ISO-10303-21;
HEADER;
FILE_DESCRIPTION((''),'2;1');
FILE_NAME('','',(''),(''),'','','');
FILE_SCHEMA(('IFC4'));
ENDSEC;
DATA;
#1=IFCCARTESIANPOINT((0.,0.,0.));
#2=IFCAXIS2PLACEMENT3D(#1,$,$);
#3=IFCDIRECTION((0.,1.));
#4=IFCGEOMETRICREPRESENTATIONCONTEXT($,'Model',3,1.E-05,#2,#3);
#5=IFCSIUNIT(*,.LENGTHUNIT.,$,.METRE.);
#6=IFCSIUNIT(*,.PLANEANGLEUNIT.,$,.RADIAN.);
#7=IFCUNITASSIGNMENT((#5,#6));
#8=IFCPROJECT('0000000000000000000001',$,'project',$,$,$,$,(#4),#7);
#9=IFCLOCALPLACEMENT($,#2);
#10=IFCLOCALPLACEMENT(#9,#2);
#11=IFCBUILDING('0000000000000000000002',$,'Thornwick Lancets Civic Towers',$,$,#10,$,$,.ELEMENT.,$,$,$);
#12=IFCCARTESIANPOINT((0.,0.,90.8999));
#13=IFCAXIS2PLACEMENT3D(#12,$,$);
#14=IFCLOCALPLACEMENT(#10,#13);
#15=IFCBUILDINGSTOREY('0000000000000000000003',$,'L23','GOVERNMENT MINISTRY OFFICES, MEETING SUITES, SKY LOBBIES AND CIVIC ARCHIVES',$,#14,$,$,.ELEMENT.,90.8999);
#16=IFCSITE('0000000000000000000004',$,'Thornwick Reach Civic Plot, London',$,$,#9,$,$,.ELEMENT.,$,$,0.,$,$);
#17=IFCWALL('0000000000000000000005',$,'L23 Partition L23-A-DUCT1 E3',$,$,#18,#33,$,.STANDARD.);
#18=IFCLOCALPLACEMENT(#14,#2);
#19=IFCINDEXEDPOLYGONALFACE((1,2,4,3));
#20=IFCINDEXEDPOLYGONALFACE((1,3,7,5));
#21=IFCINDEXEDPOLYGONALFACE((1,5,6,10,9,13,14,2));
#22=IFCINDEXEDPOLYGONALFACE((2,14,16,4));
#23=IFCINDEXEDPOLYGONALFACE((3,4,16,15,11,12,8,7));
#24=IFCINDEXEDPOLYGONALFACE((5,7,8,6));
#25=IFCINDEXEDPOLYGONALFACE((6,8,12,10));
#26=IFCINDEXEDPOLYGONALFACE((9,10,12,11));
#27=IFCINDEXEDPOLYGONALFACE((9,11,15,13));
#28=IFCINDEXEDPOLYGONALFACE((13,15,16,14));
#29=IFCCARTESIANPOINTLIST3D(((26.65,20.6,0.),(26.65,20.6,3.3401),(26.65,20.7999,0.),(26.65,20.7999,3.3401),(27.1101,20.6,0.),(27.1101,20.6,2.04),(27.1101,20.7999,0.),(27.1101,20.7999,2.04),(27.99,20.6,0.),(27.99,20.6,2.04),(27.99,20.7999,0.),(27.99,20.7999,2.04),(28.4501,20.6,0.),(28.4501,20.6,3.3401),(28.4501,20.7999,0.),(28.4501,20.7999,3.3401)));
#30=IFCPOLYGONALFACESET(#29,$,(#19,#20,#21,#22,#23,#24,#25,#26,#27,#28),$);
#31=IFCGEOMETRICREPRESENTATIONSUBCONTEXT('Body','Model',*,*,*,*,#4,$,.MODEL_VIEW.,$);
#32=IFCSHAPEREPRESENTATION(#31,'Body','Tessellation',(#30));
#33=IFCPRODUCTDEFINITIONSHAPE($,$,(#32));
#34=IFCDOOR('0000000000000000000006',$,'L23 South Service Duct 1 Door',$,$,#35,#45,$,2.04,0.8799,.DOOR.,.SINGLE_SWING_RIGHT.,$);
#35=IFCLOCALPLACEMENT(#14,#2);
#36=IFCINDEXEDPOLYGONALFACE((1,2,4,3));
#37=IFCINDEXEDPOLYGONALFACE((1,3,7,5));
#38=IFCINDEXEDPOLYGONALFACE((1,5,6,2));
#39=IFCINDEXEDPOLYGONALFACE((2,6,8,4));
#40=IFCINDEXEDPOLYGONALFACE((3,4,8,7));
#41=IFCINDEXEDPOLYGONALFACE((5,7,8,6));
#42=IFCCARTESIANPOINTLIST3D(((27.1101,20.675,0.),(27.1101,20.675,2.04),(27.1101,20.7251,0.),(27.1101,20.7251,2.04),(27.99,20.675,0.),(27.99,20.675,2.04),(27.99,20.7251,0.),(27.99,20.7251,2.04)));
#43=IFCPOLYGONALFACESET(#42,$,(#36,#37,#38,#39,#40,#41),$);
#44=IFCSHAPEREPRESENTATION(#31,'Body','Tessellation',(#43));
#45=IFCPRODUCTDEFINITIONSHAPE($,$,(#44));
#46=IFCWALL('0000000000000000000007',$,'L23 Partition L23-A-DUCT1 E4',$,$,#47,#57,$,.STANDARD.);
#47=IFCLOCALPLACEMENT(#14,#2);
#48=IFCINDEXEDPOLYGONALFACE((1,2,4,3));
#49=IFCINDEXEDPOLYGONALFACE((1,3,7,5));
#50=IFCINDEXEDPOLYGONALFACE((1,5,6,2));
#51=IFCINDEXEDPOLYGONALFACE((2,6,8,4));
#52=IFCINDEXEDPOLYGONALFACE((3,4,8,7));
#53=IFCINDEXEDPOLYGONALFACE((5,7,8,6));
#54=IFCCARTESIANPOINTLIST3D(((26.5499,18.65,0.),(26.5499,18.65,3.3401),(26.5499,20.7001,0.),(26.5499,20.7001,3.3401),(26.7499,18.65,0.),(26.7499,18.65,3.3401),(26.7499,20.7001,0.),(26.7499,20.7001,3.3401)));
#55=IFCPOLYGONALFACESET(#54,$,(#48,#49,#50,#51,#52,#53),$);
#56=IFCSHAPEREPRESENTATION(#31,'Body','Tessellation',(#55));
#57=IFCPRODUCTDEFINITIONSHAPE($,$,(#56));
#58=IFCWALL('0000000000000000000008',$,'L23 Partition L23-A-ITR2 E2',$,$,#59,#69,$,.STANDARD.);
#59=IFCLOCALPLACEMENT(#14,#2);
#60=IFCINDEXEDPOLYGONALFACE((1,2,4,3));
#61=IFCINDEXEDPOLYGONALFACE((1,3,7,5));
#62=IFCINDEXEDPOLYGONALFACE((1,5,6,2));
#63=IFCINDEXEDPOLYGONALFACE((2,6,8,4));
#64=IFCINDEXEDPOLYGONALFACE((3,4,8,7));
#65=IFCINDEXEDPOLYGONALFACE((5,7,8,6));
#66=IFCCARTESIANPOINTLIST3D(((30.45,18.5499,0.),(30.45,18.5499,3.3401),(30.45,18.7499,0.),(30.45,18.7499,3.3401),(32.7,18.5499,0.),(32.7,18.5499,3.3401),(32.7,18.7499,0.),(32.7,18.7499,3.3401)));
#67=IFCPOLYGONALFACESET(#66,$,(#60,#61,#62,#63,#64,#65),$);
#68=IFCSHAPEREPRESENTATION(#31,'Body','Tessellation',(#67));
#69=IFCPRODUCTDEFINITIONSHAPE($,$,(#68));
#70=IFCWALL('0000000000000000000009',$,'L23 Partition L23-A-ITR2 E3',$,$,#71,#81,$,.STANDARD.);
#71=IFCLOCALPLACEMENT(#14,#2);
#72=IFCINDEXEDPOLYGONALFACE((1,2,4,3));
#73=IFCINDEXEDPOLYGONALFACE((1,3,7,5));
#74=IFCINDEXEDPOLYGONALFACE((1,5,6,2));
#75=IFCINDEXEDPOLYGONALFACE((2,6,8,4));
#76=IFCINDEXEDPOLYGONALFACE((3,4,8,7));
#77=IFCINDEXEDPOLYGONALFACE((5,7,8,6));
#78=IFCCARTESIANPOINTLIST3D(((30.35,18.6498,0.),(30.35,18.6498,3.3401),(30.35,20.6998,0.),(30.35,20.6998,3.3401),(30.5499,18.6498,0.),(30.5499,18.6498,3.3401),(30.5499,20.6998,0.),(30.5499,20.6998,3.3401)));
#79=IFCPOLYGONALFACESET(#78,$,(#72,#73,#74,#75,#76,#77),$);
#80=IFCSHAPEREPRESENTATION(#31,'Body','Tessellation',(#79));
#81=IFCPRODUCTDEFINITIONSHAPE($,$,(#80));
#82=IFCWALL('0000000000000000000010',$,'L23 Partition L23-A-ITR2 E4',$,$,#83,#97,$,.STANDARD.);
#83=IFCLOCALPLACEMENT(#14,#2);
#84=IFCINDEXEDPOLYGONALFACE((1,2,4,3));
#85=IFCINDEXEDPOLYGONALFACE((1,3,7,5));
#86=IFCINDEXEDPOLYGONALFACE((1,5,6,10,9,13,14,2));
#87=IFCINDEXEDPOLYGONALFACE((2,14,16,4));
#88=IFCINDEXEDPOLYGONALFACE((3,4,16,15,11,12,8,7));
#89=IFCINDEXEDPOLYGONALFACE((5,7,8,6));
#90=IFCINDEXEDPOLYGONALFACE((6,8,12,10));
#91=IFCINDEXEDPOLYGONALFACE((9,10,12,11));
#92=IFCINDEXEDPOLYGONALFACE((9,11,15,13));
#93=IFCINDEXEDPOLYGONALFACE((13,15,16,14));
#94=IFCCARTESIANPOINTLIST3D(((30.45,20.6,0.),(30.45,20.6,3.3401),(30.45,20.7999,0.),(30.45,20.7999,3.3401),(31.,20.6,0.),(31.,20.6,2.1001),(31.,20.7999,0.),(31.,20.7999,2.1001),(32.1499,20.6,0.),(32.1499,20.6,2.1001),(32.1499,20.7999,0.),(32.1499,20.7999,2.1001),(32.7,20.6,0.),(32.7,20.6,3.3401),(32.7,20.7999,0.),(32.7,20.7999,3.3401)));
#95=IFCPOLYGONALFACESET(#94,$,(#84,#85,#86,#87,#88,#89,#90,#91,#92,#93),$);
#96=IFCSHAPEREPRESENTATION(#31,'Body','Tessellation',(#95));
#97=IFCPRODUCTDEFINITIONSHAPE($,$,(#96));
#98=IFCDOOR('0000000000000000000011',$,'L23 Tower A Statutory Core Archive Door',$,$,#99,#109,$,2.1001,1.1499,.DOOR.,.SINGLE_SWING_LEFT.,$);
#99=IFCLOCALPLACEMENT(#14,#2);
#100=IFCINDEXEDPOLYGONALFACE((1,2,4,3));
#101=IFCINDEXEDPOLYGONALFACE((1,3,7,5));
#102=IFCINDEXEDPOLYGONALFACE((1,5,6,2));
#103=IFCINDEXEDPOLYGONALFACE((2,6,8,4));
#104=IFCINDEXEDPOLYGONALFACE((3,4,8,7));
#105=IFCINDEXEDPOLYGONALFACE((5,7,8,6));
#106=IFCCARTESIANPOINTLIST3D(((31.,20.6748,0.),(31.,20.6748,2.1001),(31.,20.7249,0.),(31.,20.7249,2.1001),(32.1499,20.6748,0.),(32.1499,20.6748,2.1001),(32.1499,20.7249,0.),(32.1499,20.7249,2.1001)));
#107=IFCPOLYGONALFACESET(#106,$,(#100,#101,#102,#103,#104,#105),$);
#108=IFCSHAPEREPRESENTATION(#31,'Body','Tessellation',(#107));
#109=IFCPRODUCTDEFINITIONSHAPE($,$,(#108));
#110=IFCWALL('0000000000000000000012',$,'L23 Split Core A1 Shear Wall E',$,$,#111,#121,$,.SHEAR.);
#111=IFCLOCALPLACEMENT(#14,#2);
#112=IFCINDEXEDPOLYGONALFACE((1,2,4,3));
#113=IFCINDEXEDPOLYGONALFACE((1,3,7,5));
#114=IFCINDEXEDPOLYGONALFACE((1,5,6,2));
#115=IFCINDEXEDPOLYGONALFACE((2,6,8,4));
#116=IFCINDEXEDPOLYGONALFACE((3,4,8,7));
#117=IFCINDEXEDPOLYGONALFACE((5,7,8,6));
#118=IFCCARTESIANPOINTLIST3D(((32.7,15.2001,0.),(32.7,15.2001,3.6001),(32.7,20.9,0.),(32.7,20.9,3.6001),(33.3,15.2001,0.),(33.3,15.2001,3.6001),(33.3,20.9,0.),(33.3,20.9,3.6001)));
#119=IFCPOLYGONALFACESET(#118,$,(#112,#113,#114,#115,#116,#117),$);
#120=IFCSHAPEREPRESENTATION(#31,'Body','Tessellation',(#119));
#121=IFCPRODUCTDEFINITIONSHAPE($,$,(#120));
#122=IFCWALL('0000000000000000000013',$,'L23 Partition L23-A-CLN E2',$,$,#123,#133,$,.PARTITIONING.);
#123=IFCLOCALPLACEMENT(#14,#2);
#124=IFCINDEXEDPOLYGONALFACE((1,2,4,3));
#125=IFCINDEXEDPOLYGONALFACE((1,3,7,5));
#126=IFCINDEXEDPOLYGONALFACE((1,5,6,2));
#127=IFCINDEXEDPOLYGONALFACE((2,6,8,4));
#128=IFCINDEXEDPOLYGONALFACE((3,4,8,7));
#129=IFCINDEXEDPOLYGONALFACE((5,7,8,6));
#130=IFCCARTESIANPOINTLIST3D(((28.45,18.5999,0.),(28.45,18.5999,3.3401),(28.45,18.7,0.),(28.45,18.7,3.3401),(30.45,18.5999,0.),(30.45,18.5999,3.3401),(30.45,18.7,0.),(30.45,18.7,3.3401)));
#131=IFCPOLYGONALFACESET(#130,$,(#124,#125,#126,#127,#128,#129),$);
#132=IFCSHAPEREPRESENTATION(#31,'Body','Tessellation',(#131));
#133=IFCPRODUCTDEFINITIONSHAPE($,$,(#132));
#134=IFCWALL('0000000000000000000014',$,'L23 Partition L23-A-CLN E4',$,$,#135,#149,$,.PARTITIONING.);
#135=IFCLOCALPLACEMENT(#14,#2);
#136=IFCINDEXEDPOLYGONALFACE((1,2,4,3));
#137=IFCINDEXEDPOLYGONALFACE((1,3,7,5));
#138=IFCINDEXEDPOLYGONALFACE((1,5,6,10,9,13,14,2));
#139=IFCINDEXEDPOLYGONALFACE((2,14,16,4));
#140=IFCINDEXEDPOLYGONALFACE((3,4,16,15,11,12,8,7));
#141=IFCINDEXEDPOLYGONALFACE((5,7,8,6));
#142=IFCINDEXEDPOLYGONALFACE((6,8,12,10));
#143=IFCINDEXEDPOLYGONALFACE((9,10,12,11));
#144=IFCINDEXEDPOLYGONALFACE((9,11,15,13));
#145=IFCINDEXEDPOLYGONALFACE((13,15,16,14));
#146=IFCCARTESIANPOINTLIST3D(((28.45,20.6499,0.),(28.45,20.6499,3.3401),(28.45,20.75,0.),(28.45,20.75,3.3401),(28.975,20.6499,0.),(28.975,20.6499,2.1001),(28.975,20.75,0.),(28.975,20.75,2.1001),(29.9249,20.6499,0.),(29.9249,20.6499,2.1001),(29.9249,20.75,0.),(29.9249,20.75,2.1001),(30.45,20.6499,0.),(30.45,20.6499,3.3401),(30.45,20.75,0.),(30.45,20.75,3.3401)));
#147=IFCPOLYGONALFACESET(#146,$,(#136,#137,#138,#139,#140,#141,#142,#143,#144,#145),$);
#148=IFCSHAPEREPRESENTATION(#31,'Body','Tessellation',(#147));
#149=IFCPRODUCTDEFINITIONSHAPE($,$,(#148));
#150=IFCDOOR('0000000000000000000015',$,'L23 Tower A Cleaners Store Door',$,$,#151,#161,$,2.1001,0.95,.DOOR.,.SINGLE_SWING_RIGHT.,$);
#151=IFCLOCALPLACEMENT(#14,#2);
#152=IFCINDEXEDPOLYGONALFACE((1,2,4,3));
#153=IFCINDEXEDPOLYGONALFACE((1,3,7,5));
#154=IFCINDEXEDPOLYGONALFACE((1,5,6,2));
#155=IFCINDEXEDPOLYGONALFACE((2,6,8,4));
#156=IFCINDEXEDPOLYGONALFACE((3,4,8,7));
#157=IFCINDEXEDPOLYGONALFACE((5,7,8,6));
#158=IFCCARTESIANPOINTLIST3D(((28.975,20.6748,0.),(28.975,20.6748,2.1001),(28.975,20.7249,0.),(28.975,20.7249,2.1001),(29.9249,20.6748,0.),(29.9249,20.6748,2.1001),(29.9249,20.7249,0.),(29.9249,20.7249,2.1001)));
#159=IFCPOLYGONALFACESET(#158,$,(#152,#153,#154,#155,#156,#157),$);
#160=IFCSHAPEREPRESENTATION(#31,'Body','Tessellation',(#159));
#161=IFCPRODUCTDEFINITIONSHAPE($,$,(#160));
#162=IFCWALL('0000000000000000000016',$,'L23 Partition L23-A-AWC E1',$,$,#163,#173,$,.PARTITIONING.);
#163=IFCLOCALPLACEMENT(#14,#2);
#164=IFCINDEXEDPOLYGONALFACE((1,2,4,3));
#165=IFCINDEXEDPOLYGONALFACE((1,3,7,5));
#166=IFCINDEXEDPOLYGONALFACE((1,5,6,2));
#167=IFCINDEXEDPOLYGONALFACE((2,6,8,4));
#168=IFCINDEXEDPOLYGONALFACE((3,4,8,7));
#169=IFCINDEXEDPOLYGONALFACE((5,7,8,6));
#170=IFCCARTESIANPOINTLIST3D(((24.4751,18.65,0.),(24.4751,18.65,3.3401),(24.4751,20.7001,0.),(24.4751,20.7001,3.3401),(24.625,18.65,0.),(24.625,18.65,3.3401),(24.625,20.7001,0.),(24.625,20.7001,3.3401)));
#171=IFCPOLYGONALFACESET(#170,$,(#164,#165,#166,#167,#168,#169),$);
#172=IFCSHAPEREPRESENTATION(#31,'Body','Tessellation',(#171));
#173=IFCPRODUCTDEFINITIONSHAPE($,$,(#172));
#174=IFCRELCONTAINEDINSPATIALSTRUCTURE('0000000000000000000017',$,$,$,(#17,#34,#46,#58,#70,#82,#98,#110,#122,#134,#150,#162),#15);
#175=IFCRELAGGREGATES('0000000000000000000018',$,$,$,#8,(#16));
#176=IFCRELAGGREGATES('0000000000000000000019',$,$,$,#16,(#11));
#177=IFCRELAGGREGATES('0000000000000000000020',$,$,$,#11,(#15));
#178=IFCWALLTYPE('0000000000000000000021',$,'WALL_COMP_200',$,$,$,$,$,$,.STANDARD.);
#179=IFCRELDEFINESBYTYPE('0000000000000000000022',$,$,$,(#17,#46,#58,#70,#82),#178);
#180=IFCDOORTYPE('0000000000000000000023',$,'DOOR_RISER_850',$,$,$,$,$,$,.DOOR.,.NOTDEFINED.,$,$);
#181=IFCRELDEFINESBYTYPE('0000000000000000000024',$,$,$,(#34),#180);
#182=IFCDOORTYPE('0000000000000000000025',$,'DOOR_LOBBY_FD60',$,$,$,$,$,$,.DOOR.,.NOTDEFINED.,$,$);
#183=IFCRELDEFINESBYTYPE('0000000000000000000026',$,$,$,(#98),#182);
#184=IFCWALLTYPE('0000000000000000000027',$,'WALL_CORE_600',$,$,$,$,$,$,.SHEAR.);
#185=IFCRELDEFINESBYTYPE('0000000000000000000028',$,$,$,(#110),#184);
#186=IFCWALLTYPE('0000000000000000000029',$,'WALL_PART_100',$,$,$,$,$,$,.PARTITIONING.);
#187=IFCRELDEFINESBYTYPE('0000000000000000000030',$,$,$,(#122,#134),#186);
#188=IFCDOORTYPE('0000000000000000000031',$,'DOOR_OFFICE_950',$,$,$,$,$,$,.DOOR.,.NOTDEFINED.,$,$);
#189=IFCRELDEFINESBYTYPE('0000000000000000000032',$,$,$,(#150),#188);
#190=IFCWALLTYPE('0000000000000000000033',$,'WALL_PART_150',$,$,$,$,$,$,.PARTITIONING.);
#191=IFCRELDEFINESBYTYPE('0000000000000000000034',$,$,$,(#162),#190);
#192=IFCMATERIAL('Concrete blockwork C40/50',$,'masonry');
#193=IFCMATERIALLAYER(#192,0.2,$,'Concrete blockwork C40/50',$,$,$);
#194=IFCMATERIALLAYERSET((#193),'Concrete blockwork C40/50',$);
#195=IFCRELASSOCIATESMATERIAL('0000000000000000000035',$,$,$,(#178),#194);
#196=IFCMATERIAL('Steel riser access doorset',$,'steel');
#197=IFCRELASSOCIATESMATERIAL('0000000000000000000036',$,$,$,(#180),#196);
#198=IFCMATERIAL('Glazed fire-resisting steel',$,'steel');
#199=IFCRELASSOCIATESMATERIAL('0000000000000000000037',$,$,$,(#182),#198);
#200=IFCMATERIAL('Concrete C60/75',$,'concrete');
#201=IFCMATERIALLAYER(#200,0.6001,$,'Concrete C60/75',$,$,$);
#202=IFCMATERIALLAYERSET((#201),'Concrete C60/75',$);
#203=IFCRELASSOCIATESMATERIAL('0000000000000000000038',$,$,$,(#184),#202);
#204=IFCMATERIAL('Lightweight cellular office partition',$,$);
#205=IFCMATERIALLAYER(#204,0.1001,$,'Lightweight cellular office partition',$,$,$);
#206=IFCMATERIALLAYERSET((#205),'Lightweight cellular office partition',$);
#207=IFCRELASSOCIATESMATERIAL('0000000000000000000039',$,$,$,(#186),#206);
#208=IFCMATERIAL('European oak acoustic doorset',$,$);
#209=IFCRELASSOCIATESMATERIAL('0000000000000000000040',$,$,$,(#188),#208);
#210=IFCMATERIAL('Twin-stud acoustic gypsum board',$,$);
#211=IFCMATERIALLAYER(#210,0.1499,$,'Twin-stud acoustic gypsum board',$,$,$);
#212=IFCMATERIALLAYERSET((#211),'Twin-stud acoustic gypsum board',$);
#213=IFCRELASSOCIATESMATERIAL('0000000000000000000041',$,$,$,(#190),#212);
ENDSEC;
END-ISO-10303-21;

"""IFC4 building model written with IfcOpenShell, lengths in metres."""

from ifc_helpers import new_model, si_unit, direction, frame, frame_2d, origin, place, context, subcontext, project, spatial, rectangle, extrude, material, layer, layer_set, type_object, element, fill, save


model = new_model("IFC4")

# Units and contexts
model_context = context("Model", 3, precision=1e-05, world=origin(), true_north=direction((0.0, 1.0)))
body_context = subcontext(model_context, "Body", "Model", "MODEL_VIEW")
ifc_project = project(units=[si_unit("LENGTHUNIT", "METRE"), si_unit("PLANEANGLEUNIT", "RADIAN")], contexts=[model_context])

# Site, building, storey
site_placement = place(None, origin())
site = spatial("IfcSite", under=ifc_project, at=site_placement, Name="Thornwick Reach Civic Plot, London", CompositionType="ELEMENT", RefElevation=0.0)
building_placement = place(site_placement, origin())
building = spatial("IfcBuilding", under=site, at=building_placement, Name="Thornwick Lancets Civic Towers", CompositionType="ELEMENT")
storey_placement = place(building_placement, frame((0.0, 0.0, 90.8999)))
storey = spatial("IfcBuildingStorey", under=building, at=storey_placement, Name="L23", Description="GOVERNMENT MINISTRY OFFICES, MEETING SUITES, SKY LOBBIES AND CIVIC ARCHIVES", CompositionType="ELEMENT", Elevation=90.8999)

# Shared definitions
ifc_material_1 = material(Name="Concrete C60/75", Category="concrete")

# Shared definitions
ifc_material_2 = material(Name="Concrete blockwork C40/50", Category="masonry")
ifc_layer_1 = layer(ifc_material_2, 0.2, Name="Concrete blockwork C40/50")
ifc_layer_set_1 = layer_set([ifc_layer_1], Name="Concrete blockwork C40/50")
wall_type_1 = type_object("IfcWallType", Name="WALL_COMP_200", PredefinedType="STANDARD", material=ifc_layer_set_1)

# Wall, opening, door
wall_1_placement = place(storey_placement, frame((28.45, 20.7, 0.0), z_axis=(0.0, 0.0, 1.0), x_axis=(-1.0, 0.0, 0.0)))
wall_1 = element("IfcWall", 1, at=wall_1_placement, inside=storey, type_object=wall_type_1, Name="L23 Partition L23-A-DUCT1 E3", PredefinedType="STANDARD", context=body_context, shape_type="SweptSolid", body=[
    extrude(rectangle(XDim=1.8, YDim=0.2, at=frame_2d((0.8999, 0.0))), origin(), (0.0, 0.0, 1.0), 3.3401),
])
opening_1_placement = place(wall_1_placement, frame((0.46, 0.0, 0.0)))
opening_1 = element("IfcOpeningElement", 2, at=opening_1_placement, cuts=wall_1, PredefinedType="OPENING", context=body_context, shape_type="SweptSolid", body=[
    extrude(rectangle(XDim=0.8799, YDim=2.04, at=frame_2d((0.4399, 1.02))), frame((0.0, 0.1099, 0.0), z_axis=(0.0, -1.0, 0.0), x_axis=(1.0, 0.0, 0.0)), (0.0, 0.0, 1.0), 0.22),
])
ifc_material_3 = material(Name="Steel riser access doorset", Category="steel")
door_type_1 = type_object("IfcDoorType", Name="DOOR_RISER_850", OperationType="NOTDEFINED", PredefinedType="DOOR", material=ifc_material_3)
door_1_placement = place(opening_1_placement, origin())
door_1 = element("IfcDoor", 3, at=door_1_placement, inside=storey, type_object=door_type_1, Name="L23 South Service Duct 1 Door", OperationType="SINGLE_SWING_RIGHT", OverallHeight=2.04, OverallWidth=0.8799, PredefinedType="DOOR", context=body_context, shape_type="SweptSolid", body=[
    extrude(rectangle(XDim=0.8799, YDim=2.04, at=frame_2d((0.4399, 1.02))), frame((0.0, 0.0249, 0.0), z_axis=(0.0, -1.0, 0.0), x_axis=(1.0, 0.0, 0.0)), (0.0, 0.0, 1.0), 0.05),
])
fill(opening_1, door_1)

# Walls
wall_2_placement = place(storey_placement, frame((26.6499, 20.7, 0.0), z_axis=(0.0, 0.0, 1.0), x_axis=(0.0, -1.0, 0.0)))
element("IfcWall", 4, at=wall_2_placement, inside=storey, type_object=wall_type_1, Name="L23 Partition L23-A-DUCT1 E4", PredefinedType="STANDARD", context=body_context, shape_type="SweptSolid", body=[
    extrude(rectangle(XDim=2.05, YDim=0.2, at=frame_2d((1.0249, 0.0))), origin(), (0.0, 0.0, 1.0), 3.3401),
])
wall_3_placement = place(storey_placement, frame((32.7, 18.6499, 0.0), z_axis=(0.0, 0.0, 1.0), x_axis=(-1.0, 0.0, 0.0)))
element("IfcWall", 5, at=wall_3_placement, inside=storey, type_object=wall_type_1, Name="L23 Partition L23-A-ITR2 E2", PredefinedType="STANDARD", context=body_context, shape_type="SweptSolid", body=[
    extrude(rectangle(XDim=2.25, YDim=0.2, at=frame_2d((1.125, 0.0))), origin(), (0.0, 0.0, 1.0), 3.3401),
])
wall_4_placement = place(storey_placement, frame((30.45, 18.6499, 0.0), z_axis=(0.0, 0.0, 1.0), x_axis=(0.0, 1.0, 0.0)))
element("IfcWall", 6, at=wall_4_placement, inside=storey, type_object=wall_type_1, Name="L23 Partition L23-A-ITR2 E3", PredefinedType="STANDARD", context=body_context, shape_type="SweptSolid", body=[
    extrude(rectangle(XDim=2.05, YDim=0.2, at=frame_2d((1.0249, 0.0))), origin(), (0.0, 0.0, 1.0), 3.3401),
])

# Wall, opening, door
wall_5_placement = place(storey_placement, frame((30.45, 20.7, 0.0), z_axis=(0.0, 0.0, 1.0), x_axis=(1.0, 0.0, 0.0)))
wall_5 = element("IfcWall", 7, at=wall_5_placement, inside=storey, type_object=wall_type_1, Name="L23 Partition L23-A-ITR2 E4", PredefinedType="STANDARD", context=body_context, shape_type="SweptSolid", body=[
    extrude(rectangle(XDim=2.25, YDim=0.2, at=frame_2d((1.125, 0.0))), origin(), (0.0, 0.0, 1.0), 3.3401),
])
opening_2_placement = place(wall_5_placement, frame((0.55, 0.0, 0.0)))
opening_2 = element("IfcOpeningElement", 8, at=opening_2_placement, cuts=wall_5, PredefinedType="OPENING", context=body_context, shape_type="SweptSolid", body=[
    extrude(rectangle(XDim=1.1499, YDim=2.1001, at=frame_2d((0.575, 1.05))), frame((0.0, 0.1099, 0.0), z_axis=(0.0, -1.0, 0.0), x_axis=(1.0, 0.0, 0.0)), (0.0, 0.0, 1.0), 0.22),
])
ifc_material_4 = material(Name="Glazed fire-resisting steel", Category="steel")
door_type_2 = type_object("IfcDoorType", Name="DOOR_LOBBY_FD60", OperationType="NOTDEFINED", PredefinedType="DOOR", material=ifc_material_4)
door_2_placement = place(opening_2_placement, origin())
door_2 = element("IfcDoor", 9, at=door_2_placement, inside=storey, type_object=door_type_2, Name="L23 Tower A Statutory Core Archive Door", OperationType="SINGLE_SWING_LEFT", OverallHeight=2.1001, OverallWidth=1.1499, PredefinedType="DOOR", context=body_context, shape_type="SweptSolid", body=[
    extrude(rectangle(XDim=1.1499, YDim=2.1001, at=frame_2d((0.575, 1.05))), frame((0.0, 0.0249, 0.0), z_axis=(0.0, -1.0, 0.0), x_axis=(1.0, 0.0, 0.0)), (0.0, 0.0, 1.0), 0.05),
])
fill(opening_2, door_2)

# Walls
ifc_layer_2 = layer(ifc_material_1, 0.6001, Name="Concrete C60/75")
ifc_layer_set_2 = layer_set([ifc_layer_2], Name="Concrete C60/75")
wall_type_2 = type_object("IfcWallType", Name="WALL_CORE_600", PredefinedType="SHEAR", material=ifc_layer_set_2)
wall_6_placement = place(storey_placement, frame((33.0, 15.2, 0.0), z_axis=(0.0, 0.0, 1.0), x_axis=(0.0, 1.0, 0.0)))
element("IfcWall", 10, at=wall_6_placement, inside=storey, type_object=wall_type_2, Name="L23 Split Core A1 Shear Wall E", PredefinedType="SHEAR", context=body_context, shape_type="SweptSolid", body=[
    extrude(rectangle(XDim=5.7, YDim=0.6001, at=frame_2d((2.8501, 0.0))), origin(), (0.0, 0.0, 1.0), 3.6001),
])
ifc_material_5 = material(Name="Lightweight cellular office partition")
ifc_layer_3 = layer(ifc_material_5, 0.1001, Name="Lightweight cellular office partition")
ifc_layer_set_3 = layer_set([ifc_layer_3], Name="Lightweight cellular office partition")
wall_type_3 = type_object("IfcWallType", Name="WALL_PART_100", PredefinedType="PARTITIONING", material=ifc_layer_set_3)
wall_7_placement = place(storey_placement, frame((30.45, 18.6499, 0.0), z_axis=(0.0, 0.0, 1.0), x_axis=(-1.0, 0.0, 0.0)))
element("IfcWall", 11, at=wall_7_placement, inside=storey, type_object=wall_type_3, Name="L23 Partition L23-A-CLN E2", PredefinedType="PARTITIONING", context=body_context, shape_type="SweptSolid", body=[
    extrude(rectangle(XDim=2.0, YDim=0.1001, at=frame_2d((1.0, 0.0))), origin(), (0.0, 0.0, 1.0), 3.3401),
])

# Wall, opening, door
wall_8_placement = place(storey_placement, frame((28.45, 20.7, 0.0), z_axis=(0.0, 0.0, 1.0), x_axis=(1.0, 0.0, 0.0)))
wall_8 = element("IfcWall", 12, at=wall_8_placement, inside=storey, type_object=wall_type_3, Name="L23 Partition L23-A-CLN E4", PredefinedType="PARTITIONING", context=body_context, shape_type="SweptSolid", body=[
    extrude(rectangle(XDim=2.0, YDim=0.1001, at=frame_2d((1.0, 0.0))), origin(), (0.0, 0.0, 1.0), 3.3401),
])
opening_3_placement = place(wall_8_placement, frame((0.5249, 0.0, 0.0)))
opening_3 = element("IfcOpeningElement", 13, at=opening_3_placement, cuts=wall_8, PredefinedType="OPENING", context=body_context, shape_type="SweptSolid", body=[
    extrude(rectangle(XDim=0.95, YDim=2.1001, at=frame_2d((0.4751, 1.05))), frame((0.0, 0.0601, 0.0), z_axis=(0.0, -1.0, 0.0), x_axis=(1.0, 0.0, 0.0)), (0.0, 0.0, 1.0), 0.1201),
])
ifc_material_6 = material(Name="European oak acoustic doorset")
door_type_3 = type_object("IfcDoorType", Name="DOOR_OFFICE_950", OperationType="NOTDEFINED", PredefinedType="DOOR", material=ifc_material_6)
door_3_placement = place(opening_3_placement, origin())
door_3 = element("IfcDoor", 14, at=door_3_placement, inside=storey, type_object=door_type_3, Name="L23 Tower A Cleaners Store Door", OperationType="SINGLE_SWING_RIGHT", OverallHeight=2.1001, OverallWidth=0.95, PredefinedType="DOOR", context=body_context, shape_type="SweptSolid", body=[
    extrude(rectangle(XDim=0.95, YDim=2.1001, at=frame_2d((0.4751, 1.05))), frame((0.0, 0.0249, 0.0), z_axis=(0.0, -1.0, 0.0), x_axis=(1.0, 0.0, 0.0)), (0.0, 0.0, 1.0), 0.05),
])
fill(opening_3, door_3)

# Wall
ifc_material_7 = material(Name="Twin-stud acoustic gypsum board")
ifc_layer_4 = layer(ifc_material_7, 0.1499, Name="Twin-stud acoustic gypsum board")
ifc_layer_set_4 = layer_set([ifc_layer_4], Name="Twin-stud acoustic gypsum board")
wall_type_4 = type_object("IfcWallType", Name="WALL_PART_150", PredefinedType="PARTITIONING", material=ifc_layer_set_4)
wall_9_placement = place(storey_placement, frame((24.55, 20.7, 0.0), z_axis=(0.0, 0.0, 1.0), x_axis=(0.0, -1.0, 0.0)))
element("IfcWall", 15, at=wall_9_placement, inside=storey, type_object=wall_type_4, Name="L23 Partition L23-A-AWC E1", PredefinedType="PARTITIONING", context=body_context, shape_type="SweptSolid", body=[
    extrude(rectangle(XDim=2.05, YDim=0.1499, at=frame_2d((1.0249, 0.0))), origin(), (0.0, 0.0, 1.0), 3.3401),
])

save(model, "model.ifc")
